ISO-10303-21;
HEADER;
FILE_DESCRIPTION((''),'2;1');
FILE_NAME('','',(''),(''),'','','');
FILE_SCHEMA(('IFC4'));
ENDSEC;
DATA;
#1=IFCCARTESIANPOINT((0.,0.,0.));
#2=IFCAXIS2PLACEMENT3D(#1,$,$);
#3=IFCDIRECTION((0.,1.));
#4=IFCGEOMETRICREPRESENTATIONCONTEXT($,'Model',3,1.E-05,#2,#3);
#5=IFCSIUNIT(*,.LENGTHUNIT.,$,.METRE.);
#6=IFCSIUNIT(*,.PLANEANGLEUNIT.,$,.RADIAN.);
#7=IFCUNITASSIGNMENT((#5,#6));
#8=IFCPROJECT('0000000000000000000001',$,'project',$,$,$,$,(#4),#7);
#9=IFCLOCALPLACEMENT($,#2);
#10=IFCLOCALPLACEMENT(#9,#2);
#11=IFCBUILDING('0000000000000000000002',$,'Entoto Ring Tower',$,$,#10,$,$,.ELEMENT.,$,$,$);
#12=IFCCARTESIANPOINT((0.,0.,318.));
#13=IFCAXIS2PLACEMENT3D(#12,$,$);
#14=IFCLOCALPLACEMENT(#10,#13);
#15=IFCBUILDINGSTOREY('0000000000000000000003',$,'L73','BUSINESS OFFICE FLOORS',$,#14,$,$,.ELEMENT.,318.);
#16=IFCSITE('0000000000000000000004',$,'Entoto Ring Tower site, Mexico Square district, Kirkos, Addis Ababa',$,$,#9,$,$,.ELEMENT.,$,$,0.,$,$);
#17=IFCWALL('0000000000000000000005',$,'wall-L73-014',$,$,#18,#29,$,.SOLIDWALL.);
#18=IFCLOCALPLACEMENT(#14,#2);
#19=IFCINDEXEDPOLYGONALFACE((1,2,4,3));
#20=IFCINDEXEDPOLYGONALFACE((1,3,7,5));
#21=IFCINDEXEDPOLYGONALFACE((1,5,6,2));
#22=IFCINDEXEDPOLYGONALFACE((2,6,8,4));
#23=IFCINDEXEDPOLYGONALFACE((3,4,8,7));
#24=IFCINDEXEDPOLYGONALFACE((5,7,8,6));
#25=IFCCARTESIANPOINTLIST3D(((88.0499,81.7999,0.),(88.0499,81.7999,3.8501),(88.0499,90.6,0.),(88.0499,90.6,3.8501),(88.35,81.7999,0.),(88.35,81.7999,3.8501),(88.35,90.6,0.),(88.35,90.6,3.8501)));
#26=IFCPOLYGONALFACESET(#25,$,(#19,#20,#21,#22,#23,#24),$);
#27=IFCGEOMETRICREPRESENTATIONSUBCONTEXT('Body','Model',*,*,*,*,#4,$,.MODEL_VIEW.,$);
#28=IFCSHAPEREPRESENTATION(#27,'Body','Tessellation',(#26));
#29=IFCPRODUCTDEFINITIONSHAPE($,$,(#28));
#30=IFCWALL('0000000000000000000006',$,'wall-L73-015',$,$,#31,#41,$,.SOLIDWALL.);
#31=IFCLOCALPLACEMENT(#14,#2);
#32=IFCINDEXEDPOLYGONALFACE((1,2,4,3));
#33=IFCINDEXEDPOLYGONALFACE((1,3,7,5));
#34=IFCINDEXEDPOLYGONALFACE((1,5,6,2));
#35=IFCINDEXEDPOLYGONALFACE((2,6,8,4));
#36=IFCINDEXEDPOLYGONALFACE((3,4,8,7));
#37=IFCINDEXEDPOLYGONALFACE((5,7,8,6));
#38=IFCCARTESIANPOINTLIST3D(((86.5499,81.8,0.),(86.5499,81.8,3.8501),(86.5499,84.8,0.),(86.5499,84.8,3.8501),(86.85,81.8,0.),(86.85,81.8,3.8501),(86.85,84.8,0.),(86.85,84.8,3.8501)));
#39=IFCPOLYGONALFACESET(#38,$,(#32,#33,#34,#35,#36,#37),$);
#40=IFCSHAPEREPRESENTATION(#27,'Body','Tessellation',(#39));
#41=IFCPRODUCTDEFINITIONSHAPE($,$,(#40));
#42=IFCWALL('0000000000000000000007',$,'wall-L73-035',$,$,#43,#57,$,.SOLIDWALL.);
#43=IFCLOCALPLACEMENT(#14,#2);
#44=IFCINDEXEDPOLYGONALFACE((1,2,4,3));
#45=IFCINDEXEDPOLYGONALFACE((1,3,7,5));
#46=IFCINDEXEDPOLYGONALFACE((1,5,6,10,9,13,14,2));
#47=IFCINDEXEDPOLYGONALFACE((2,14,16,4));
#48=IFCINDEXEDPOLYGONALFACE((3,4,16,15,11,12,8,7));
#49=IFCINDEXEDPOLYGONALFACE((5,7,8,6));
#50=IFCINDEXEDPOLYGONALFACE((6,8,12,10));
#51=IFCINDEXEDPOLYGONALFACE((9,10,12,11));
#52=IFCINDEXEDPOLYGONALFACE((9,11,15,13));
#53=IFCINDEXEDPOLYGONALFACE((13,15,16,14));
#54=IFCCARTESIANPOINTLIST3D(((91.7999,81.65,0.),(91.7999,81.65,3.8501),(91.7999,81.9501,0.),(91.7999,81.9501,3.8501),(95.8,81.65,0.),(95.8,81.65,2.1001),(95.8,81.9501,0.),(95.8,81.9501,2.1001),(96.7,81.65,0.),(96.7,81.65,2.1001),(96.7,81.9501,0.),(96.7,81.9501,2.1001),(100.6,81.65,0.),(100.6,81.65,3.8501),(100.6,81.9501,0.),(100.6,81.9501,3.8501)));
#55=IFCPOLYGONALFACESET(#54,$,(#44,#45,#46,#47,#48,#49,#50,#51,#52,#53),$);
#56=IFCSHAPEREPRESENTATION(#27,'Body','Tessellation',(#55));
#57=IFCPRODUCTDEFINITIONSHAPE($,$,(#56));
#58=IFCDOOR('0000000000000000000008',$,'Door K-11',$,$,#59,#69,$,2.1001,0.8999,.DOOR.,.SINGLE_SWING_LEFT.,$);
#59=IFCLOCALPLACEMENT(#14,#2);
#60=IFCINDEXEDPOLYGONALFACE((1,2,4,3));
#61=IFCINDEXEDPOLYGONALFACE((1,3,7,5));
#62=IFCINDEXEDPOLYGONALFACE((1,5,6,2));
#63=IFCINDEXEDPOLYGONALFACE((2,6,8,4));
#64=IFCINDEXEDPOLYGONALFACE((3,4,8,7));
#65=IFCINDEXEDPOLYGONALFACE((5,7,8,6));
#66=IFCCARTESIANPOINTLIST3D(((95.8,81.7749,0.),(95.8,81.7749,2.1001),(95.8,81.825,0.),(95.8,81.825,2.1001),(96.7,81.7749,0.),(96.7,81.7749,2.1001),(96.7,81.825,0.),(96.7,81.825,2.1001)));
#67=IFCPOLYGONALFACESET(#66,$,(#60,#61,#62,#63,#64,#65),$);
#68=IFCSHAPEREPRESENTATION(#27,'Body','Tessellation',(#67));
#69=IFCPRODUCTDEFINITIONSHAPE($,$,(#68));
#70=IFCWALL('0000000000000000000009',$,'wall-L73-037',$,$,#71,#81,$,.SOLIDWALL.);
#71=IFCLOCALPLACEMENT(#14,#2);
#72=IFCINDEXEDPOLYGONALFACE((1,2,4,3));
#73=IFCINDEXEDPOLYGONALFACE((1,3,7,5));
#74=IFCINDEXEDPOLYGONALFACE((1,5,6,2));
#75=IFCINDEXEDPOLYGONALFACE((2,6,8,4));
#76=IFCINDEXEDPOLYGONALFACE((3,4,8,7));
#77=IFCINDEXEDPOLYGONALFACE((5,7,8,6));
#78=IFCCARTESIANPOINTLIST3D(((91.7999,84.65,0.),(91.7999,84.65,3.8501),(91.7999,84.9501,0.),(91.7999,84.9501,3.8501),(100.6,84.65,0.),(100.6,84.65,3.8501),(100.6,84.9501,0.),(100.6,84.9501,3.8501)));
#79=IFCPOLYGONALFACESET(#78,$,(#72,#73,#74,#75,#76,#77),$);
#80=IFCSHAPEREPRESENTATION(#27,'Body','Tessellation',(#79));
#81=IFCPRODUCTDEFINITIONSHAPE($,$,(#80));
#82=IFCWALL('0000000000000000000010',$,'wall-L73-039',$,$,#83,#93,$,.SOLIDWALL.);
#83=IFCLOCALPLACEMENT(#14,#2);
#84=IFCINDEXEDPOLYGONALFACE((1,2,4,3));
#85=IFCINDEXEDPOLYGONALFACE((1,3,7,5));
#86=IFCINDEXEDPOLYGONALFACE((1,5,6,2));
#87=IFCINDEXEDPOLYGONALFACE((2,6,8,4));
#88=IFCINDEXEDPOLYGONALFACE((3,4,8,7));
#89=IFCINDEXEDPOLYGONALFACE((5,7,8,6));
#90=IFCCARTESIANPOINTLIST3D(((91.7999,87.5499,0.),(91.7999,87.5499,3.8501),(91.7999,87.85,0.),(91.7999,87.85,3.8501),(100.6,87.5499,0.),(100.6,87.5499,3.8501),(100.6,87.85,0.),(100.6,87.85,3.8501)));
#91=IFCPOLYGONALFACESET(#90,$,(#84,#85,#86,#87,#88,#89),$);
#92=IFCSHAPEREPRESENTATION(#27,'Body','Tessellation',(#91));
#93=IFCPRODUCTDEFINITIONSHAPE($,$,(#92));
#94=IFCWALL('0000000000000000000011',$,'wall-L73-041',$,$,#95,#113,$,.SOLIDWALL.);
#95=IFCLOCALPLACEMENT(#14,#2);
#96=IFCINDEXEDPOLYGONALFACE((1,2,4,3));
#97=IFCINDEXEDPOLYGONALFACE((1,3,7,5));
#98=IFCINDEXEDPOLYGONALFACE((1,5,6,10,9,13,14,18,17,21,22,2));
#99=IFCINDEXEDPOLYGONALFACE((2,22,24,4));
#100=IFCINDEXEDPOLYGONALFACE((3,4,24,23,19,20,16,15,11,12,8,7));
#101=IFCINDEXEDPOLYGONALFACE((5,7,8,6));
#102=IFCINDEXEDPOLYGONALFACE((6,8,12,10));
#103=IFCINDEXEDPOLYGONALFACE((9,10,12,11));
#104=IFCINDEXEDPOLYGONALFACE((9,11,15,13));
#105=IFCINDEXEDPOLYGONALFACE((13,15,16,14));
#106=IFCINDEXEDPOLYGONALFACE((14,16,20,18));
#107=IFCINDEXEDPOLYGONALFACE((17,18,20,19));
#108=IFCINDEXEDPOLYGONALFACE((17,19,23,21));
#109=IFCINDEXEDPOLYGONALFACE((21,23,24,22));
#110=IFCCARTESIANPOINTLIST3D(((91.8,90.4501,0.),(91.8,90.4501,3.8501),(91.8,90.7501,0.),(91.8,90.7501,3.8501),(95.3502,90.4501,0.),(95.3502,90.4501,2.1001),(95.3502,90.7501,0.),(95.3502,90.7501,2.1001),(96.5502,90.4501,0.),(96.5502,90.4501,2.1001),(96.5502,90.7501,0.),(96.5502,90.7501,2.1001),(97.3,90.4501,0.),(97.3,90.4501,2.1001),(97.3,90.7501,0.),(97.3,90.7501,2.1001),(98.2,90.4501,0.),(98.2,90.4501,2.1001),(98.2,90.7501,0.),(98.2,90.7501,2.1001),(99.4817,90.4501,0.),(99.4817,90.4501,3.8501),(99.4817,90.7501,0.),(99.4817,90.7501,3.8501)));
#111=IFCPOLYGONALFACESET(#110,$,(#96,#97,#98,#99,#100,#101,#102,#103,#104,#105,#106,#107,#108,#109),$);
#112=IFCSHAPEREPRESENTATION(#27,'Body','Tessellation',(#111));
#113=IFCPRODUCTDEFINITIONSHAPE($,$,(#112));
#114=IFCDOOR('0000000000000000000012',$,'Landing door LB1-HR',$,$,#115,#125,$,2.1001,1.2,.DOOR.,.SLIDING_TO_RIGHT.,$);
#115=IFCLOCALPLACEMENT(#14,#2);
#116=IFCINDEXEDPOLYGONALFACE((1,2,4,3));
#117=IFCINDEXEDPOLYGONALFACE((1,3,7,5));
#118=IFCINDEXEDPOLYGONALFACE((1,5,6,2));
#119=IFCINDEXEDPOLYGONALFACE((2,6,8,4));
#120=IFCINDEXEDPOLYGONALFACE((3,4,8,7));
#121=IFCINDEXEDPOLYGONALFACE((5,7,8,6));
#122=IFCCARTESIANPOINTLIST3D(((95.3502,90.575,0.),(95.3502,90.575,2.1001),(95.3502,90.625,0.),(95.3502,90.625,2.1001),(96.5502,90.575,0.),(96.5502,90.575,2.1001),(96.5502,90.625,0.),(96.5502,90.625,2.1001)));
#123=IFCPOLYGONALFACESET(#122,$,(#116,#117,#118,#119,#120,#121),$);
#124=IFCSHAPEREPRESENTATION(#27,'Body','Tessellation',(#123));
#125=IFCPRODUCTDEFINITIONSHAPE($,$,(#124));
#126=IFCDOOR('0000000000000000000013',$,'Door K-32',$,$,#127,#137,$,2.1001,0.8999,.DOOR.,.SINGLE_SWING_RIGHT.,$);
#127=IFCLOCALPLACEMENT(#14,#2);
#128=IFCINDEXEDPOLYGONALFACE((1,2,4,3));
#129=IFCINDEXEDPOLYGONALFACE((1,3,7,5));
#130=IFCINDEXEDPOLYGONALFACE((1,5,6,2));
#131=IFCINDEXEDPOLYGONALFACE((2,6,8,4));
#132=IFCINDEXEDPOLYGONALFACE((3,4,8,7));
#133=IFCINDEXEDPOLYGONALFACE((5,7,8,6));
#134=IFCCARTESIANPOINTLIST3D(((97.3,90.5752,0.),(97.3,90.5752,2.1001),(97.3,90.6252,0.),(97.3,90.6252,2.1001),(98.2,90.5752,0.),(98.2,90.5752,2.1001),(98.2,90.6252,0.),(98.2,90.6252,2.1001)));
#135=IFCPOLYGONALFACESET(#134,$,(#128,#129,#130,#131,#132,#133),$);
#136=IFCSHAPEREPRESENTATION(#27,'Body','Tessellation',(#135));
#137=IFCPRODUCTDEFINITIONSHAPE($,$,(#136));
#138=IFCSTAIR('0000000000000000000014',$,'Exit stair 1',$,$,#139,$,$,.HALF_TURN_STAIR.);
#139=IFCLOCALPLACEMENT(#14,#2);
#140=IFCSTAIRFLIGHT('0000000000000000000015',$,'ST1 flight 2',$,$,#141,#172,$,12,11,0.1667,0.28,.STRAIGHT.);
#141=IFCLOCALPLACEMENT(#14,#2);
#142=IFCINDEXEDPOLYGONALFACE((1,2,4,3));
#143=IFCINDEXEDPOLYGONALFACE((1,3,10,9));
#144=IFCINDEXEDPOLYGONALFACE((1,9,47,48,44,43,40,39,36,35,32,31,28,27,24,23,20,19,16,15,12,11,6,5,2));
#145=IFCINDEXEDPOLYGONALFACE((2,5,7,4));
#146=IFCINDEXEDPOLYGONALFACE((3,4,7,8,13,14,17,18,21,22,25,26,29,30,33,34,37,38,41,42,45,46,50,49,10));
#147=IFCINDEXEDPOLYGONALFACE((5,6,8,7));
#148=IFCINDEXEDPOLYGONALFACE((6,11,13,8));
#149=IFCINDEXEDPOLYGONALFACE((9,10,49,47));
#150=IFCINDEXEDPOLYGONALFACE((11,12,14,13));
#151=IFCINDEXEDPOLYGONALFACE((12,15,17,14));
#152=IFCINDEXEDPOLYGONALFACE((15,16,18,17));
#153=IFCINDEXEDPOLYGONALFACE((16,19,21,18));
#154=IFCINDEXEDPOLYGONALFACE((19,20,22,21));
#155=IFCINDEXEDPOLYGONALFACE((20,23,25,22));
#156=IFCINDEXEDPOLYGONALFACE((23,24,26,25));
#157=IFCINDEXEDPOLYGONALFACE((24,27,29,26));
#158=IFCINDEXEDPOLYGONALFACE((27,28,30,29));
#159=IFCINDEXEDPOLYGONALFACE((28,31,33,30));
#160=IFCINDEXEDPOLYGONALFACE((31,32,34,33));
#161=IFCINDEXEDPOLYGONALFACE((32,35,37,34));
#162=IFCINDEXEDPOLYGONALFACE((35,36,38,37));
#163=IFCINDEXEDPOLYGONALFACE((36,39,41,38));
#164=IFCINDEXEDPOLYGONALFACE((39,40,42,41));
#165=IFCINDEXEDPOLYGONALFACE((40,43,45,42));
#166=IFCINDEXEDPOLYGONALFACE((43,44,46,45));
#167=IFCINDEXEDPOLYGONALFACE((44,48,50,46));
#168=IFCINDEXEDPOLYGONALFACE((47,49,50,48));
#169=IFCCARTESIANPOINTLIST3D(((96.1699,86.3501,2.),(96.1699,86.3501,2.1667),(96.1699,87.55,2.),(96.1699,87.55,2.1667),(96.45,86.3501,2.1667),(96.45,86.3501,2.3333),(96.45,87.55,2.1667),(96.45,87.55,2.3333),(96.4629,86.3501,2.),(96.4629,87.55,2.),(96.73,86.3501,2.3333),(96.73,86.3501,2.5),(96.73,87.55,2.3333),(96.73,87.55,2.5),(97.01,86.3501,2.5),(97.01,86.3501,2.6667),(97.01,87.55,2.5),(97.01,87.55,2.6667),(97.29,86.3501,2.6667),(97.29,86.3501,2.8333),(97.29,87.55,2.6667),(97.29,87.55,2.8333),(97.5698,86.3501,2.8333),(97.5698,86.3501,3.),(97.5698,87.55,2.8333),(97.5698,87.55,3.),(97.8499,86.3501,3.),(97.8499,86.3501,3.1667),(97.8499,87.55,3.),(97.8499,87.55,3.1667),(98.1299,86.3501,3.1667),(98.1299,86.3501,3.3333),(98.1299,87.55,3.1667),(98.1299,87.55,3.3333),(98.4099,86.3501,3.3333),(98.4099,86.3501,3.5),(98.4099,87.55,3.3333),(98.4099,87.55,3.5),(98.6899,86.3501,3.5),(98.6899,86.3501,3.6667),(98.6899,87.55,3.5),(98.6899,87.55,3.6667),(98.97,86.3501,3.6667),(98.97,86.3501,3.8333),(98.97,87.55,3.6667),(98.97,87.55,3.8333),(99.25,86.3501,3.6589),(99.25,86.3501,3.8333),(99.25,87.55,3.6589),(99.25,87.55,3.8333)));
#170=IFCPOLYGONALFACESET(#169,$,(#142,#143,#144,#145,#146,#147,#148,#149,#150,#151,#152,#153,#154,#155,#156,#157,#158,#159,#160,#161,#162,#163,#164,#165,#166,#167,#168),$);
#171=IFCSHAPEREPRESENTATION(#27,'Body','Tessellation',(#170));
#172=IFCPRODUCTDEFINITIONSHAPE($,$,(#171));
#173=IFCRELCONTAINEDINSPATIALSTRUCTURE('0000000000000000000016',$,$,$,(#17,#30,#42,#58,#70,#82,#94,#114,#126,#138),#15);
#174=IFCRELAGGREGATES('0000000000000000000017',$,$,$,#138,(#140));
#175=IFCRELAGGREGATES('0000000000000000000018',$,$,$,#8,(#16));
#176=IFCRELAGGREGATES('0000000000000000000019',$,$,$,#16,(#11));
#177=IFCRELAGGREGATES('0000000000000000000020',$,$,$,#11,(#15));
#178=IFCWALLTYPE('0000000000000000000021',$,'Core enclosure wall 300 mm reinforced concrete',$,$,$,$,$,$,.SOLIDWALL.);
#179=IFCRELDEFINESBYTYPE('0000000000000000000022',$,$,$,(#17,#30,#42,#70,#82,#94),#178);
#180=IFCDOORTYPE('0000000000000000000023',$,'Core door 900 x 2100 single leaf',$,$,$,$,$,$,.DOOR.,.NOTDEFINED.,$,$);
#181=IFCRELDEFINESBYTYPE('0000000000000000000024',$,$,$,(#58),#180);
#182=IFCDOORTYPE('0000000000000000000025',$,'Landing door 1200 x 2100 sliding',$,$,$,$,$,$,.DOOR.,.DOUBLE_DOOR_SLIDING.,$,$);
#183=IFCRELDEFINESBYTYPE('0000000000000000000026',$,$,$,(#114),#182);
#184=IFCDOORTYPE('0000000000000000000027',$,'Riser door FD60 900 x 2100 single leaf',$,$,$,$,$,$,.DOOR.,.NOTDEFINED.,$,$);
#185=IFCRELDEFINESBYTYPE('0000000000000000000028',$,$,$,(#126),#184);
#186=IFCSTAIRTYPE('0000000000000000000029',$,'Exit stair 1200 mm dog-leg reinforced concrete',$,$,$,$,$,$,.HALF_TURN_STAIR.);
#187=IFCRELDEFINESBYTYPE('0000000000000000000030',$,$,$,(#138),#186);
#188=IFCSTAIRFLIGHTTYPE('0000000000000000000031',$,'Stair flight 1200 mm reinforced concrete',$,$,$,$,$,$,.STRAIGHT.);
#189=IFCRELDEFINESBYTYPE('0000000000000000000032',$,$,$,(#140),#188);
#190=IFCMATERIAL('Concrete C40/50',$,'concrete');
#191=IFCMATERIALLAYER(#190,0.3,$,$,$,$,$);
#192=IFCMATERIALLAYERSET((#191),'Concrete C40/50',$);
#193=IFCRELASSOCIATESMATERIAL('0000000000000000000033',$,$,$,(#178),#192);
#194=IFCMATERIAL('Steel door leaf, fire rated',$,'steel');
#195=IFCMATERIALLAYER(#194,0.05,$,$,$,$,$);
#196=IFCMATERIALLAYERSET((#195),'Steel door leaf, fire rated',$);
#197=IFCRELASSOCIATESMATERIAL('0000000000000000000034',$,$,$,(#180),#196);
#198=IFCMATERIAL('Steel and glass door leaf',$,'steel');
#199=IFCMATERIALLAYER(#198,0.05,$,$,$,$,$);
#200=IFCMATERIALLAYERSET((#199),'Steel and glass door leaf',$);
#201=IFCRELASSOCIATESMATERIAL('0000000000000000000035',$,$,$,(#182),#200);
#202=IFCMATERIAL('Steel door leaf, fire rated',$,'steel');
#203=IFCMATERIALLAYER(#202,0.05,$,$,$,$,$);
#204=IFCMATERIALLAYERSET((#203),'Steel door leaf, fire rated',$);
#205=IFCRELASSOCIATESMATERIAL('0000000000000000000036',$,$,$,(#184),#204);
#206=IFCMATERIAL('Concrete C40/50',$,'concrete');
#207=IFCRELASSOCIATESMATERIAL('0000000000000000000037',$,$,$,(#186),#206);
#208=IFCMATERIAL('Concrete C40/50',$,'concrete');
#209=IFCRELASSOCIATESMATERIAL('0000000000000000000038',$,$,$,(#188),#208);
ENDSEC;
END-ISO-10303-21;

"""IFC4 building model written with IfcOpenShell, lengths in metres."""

from ifc_helpers import new_model, si_unit, direction, frame, frame_2d, origin, place, context, subcontext, project, spatial, polyline, rectangle, outline, extrude, material, layer, layer_set, type_object, element, fill, aggregate, save


model = new_model("IFC4")

# Units and contexts
model_context = context("Model", 3, precision=1e-05, world=origin(), true_north=direction((0.0, 1.0)))
body_context = subcontext(model_context, "Body", "Model", "MODEL_VIEW")
ifc_project = project(units=[si_unit("LENGTHUNIT", "METRE"), si_unit("PLANEANGLEUNIT", "RADIAN")], contexts=[model_context])

# Site, building, storey
site_placement = place(None, origin())
site = spatial("IfcSite", under=ifc_project, at=site_placement, Name="Entoto Ring Tower site, Mexico Square district, Kirkos, Addis Ababa", CompositionType="ELEMENT", RefElevation=0.0)
building_placement = place(site_placement, origin())
building = spatial("IfcBuilding", under=site, at=building_placement, Name="Entoto Ring Tower", CompositionType="ELEMENT")
storey_placement = place(building_placement, frame((0.0, 0.0, 318.0)))
storey = spatial("IfcBuildingStorey", under=building, at=storey_placement, Name="L73", Description="BUSINESS OFFICE FLOORS", CompositionType="ELEMENT", Elevation=318.0)

# Shared definitions
ifc_material_1 = material(Name="Concrete C40/50", Category="concrete")
ifc_layer_1 = layer(ifc_material_1, 0.3)
ifc_layer_set_1 = layer_set([ifc_layer_1], Name="Concrete C40/50")
wall_type = type_object("IfcWallType", Name="Core enclosure wall 300 mm reinforced concrete", PredefinedType="SOLIDWALL", material=ifc_layer_set_1)

# Shared definitions
ifc_material_2 = material(Name="Steel door leaf, fire rated", Category="steel")
ifc_layer_2 = layer(ifc_material_2, 0.05)
ifc_layer_set_2 = layer_set([ifc_layer_2], Name="Steel door leaf, fire rated")
door_type_1 = type_object("IfcDoorType", Name="Core door 900 x 2100 single leaf", OperationType="NOTDEFINED", PredefinedType="DOOR", material=ifc_layer_set_2)
ifc_material_3 = material(Name="Steel and glass door leaf", Category="steel")
ifc_layer_3 = layer(ifc_material_3, 0.05)
ifc_layer_set_3 = layer_set([ifc_layer_3], Name="Steel and glass door leaf")
door_type_2 = type_object("IfcDoorType", Name="Landing door 1200 x 2100 sliding", OperationType="DOUBLE_DOOR_SLIDING", PredefinedType="DOOR", material=ifc_layer_set_3)

# Walls
wall_1_placement = place(storey_placement, frame((88.2, 81.8, 0.0), z_axis=(0.0, 0.0, 1.0), x_axis=(0.0, 1.0, 0.0)))
element("IfcWall", 1, at=wall_1_placement, inside=storey, type_object=wall_type, Name="wall-L73-014", PredefinedType="SOLIDWALL", context=body_context, shape_type="SweptSolid", body=[
    extrude(rectangle(XDim=8.8, YDim=0.3, at=frame_2d((4.3999, 0.0))), origin(), (0.0, 0.0, 1.0), 3.8501),
])
wall_2_placement = place(storey_placement, frame((86.7, 81.8, 0.0), z_axis=(0.0, 0.0, 1.0), x_axis=(0.0, 1.0, 0.0)))
element("IfcWall", 2, at=wall_2_placement, inside=storey, type_object=wall_type, Name="wall-L73-015", PredefinedType="SOLIDWALL", context=body_context, shape_type="SweptSolid", body=[
    extrude(rectangle(XDim=3.0, YDim=0.3, at=frame_2d((1.5, 0.0))), origin(), (0.0, 0.0, 1.0), 3.8501),
])

# Wall, opening, door
wall_3_placement = place(storey_placement, frame((91.8, 81.8, 0.0), z_axis=(0.0, 0.0, 1.0), x_axis=(1.0, 0.0, 0.0)))
wall_3 = element("IfcWall", 3, at=wall_3_placement, inside=storey, type_object=wall_type, Name="wall-L73-035", PredefinedType="SOLIDWALL", context=body_context, shape_type="SweptSolid", body=[
    extrude(rectangle(XDim=8.8, YDim=0.3, at=frame_2d((4.3999, 0.0))), origin(), (0.0, 0.0, 1.0), 3.8501),
])
opening_1_placement = place(wall_3_placement, frame((4.0, 0.0, 0.0)))
opening_1 = element("IfcOpeningElement", 4, at=opening_1_placement, cuts=wall_3, PredefinedType="OPENING", context=body_context, shape_type="SweptSolid", body=[
    extrude(rectangle(XDim=0.8999, YDim=2.1001, at=frame_2d((0.45, 1.05))), frame((0.0, 0.1602, 0.0), z_axis=(0.0, -1.0, 0.0), x_axis=(1.0, 0.0, 0.0)), (0.0, 0.0, 1.0), 0.3201),
])
door_1_placement = place(opening_1_placement, origin())
door_1 = element("IfcDoor", 5, at=door_1_placement, inside=storey, type_object=door_type_1, Name="Door K-11", OperationType="SINGLE_SWING_LEFT", OverallHeight=2.1001, OverallWidth=0.8999, PredefinedType="DOOR", context=body_context, shape_type="SweptSolid", body=[
    extrude(rectangle(XDim=0.8999, YDim=2.1001, at=frame_2d((0.45, 1.05))), frame((0.0, 0.0249, 0.0), z_axis=(0.0, -1.0, 0.0), x_axis=(1.0, 0.0, 0.0)), (0.0, 0.0, 1.0), 0.05),
])
fill(opening_1, door_1)

# Walls
for number, where, z_axis, x_axis, name in (
    (6, (91.8, 84.8, 0.0), (0.0, 0.0, 1.0), (1.0, 0.0, 0.0), "wall-L73-037"),
    (7, (91.8, 87.7, 0.0), (0.0, 0.0, 1.0), (1.0, 0.0, 0.0), "wall-L73-039"),
):
    element("IfcWall", number, at=place(storey_placement, frame(where, z_axis=z_axis, x_axis=x_axis)), inside=storey, type_object=wall_type, Name=name, PredefinedType="SOLIDWALL", context=body_context, shape_type="SweptSolid", body=[
        extrude(rectangle(XDim=8.8, YDim=0.3, at=frame_2d((4.3999, 0.0))), origin(), (0.0, 0.0, 1.0), 3.8501),
    ])

# Wall, openings, doors
wall_4_placement = place(storey_placement, frame((91.8, 90.6001, 0.0), z_axis=(0.0, 0.0, 1.0), x_axis=(1.0, 0.0, 0.0)))
wall_4 = element("IfcWall", 8, at=wall_4_placement, inside=storey, type_object=wall_type, Name="wall-L73-041", PredefinedType="SOLIDWALL", context=body_context, shape_type="SweptSolid", body=[
    extrude(rectangle(XDim=7.6816, YDim=0.3, at=frame_2d((3.8408, 0.0))), origin(), (0.0, 0.0, 1.0), 3.8501),
])
opening_2_placement = place(wall_4_placement, frame((3.55, 0.0, 0.0)))
opening_2 = element("IfcOpeningElement", 9, at=opening_2_placement, cuts=wall_4, PredefinedType="OPENING", context=body_context, shape_type="SweptSolid", body=[
    extrude(rectangle(XDim=1.2, YDim=2.1001, at=frame_2d((0.6001, 1.05))), frame((0.0, 0.1602, 0.0), z_axis=(0.0, -1.0, 0.0), x_axis=(1.0, 0.0, 0.0)), (0.0, 0.0, 1.0), 0.3201),
])
opening_3_placement = place(wall_4_placement, frame((5.5, 0.0, 0.0)))
opening_3 = element("IfcOpeningElement", 10, at=opening_3_placement, cuts=wall_4, PredefinedType="OPENING", context=body_context, shape_type="SweptSolid", body=[
    extrude(rectangle(XDim=0.8999, YDim=2.1001, at=frame_2d((0.45, 1.05))), frame((0.0, 0.1602, 0.0), z_axis=(0.0, -1.0, 0.0), x_axis=(1.0, 0.0, 0.0)), (0.0, 0.0, 1.0), 0.3201),
])
door_2_placement = place(opening_2_placement, origin())
door_2 = element("IfcDoor", 11, at=door_2_placement, inside=storey, type_object=door_type_2, Name="Landing door LB1-HR", OperationType="SLIDING_TO_RIGHT", OverallHeight=2.1001, OverallWidth=1.2, PredefinedType="DOOR", context=body_context, shape_type="SweptSolid", body=[
    extrude(rectangle(XDim=1.2, YDim=2.1001, at=frame_2d((0.6001, 1.05))), frame((0.0, 0.0249, 0.0), z_axis=(0.0, -1.0, 0.0), x_axis=(1.0, 0.0, 0.0)), (0.0, 0.0, 1.0), 0.05),
])
fill(opening_2, door_2)
ifc_material_4 = material(Name="Steel door leaf, fire rated", Category="steel")
ifc_layer_4 = layer(ifc_material_4, 0.05)
ifc_layer_set_4 = layer_set([ifc_layer_4], Name="Steel door leaf, fire rated")
door_type_3 = type_object("IfcDoorType", Name="Riser door FD60 900 x 2100 single leaf", OperationType="NOTDEFINED", PredefinedType="DOOR", material=ifc_layer_set_4)
door_3_placement = place(opening_3_placement, frame((0.8999, 0.0, 0.0), z_axis=(0.0, 0.0, 1.0), x_axis=(-1.0, 0.0, 0.0)))
door_3 = element("IfcDoor", 12, at=door_3_placement, inside=storey, type_object=door_type_3, Name="Door K-32", OperationType="SINGLE_SWING_RIGHT", OverallHeight=2.1001, OverallWidth=0.8999, PredefinedType="DOOR", context=body_context, shape_type="SweptSolid", body=[
    extrude(rectangle(XDim=0.8999, YDim=2.1001, at=frame_2d((0.45, 1.05))), frame((0.0, 0.0249, 0.0), z_axis=(0.0, -1.0, 0.0), x_axis=(1.0, 0.0, 0.0)), (0.0, 0.0, 1.0), 0.05),
])
fill(opening_3, door_3)

# Stair, stair flight
ifc_material_5 = material(Name="Concrete C40/50", Category="concrete")
stair_type = type_object("IfcStairType", Name="Exit stair 1200 mm dog-leg reinforced concrete", PredefinedType="HALF_TURN_STAIR", material=ifc_material_5)
stair_placement = place(storey_placement, origin())
stair = element("IfcStair", 13, at=stair_placement, inside=storey, type_object=stair_type, Name="Exit stair 1", PredefinedType="HALF_TURN_STAIR")
ifc_material_6 = material(Name="Concrete C40/50", Category="concrete")
stair_flight_type = type_object("IfcStairFlightType", Name="Stair flight 1200 mm reinforced concrete", PredefinedType="STRAIGHT", material=ifc_material_6)
stair_flight_placement = place(storey_placement, frame((96.1699, 86.95, 2.0), z_axis=(0.0, 0.0, 1.0), x_axis=(1.0, 0.0, 0.0)))
stair_flight = element("IfcStairFlight", 14, at=stair_flight_placement, type_object=stair_flight_type, Name="ST1 flight 2", NumberOfRisers=12, NumberOfTreads=11, PredefinedType="STRAIGHT", RiserHeight=0.1667, TreadLength=0.28, context=body_context, shape_type="SweptSolid", body=[
    extrude(outline(polyline([(0.0, 0.0), (0.0, 0.1667), (0.28, 0.1667), (0.28, 0.3333), (0.5601, 0.3333), (0.5601, 0.5), (0.8401, 0.5), (0.8401, 0.6667), (1.1201, 0.6667), (1.1201, 0.8333), (1.3999, 0.8333), (1.3999, 1.0), (1.6799, 1.0), (1.6799, 1.1667), (1.96, 1.1667), (1.96, 1.3333), (2.24, 1.3333), (2.24, 1.5), (2.52, 1.5), (2.52, 1.6667), (2.8, 1.6667), (2.8, 1.8333), (3.0801, 1.8333), (3.0801, 2.0), (3.0801, 1.6589), (0.293, 0.0), (0.0, 0.0)])), frame((0.0, 0.6001, 0.0), z_axis=(0.0, -1.0, 0.0), x_axis=(1.0, 0.0, 0.0)), (0.0, 0.0, 1.0), 1.2),
])
aggregate(stair, [stair_flight])

save(model, "model.ifc")
